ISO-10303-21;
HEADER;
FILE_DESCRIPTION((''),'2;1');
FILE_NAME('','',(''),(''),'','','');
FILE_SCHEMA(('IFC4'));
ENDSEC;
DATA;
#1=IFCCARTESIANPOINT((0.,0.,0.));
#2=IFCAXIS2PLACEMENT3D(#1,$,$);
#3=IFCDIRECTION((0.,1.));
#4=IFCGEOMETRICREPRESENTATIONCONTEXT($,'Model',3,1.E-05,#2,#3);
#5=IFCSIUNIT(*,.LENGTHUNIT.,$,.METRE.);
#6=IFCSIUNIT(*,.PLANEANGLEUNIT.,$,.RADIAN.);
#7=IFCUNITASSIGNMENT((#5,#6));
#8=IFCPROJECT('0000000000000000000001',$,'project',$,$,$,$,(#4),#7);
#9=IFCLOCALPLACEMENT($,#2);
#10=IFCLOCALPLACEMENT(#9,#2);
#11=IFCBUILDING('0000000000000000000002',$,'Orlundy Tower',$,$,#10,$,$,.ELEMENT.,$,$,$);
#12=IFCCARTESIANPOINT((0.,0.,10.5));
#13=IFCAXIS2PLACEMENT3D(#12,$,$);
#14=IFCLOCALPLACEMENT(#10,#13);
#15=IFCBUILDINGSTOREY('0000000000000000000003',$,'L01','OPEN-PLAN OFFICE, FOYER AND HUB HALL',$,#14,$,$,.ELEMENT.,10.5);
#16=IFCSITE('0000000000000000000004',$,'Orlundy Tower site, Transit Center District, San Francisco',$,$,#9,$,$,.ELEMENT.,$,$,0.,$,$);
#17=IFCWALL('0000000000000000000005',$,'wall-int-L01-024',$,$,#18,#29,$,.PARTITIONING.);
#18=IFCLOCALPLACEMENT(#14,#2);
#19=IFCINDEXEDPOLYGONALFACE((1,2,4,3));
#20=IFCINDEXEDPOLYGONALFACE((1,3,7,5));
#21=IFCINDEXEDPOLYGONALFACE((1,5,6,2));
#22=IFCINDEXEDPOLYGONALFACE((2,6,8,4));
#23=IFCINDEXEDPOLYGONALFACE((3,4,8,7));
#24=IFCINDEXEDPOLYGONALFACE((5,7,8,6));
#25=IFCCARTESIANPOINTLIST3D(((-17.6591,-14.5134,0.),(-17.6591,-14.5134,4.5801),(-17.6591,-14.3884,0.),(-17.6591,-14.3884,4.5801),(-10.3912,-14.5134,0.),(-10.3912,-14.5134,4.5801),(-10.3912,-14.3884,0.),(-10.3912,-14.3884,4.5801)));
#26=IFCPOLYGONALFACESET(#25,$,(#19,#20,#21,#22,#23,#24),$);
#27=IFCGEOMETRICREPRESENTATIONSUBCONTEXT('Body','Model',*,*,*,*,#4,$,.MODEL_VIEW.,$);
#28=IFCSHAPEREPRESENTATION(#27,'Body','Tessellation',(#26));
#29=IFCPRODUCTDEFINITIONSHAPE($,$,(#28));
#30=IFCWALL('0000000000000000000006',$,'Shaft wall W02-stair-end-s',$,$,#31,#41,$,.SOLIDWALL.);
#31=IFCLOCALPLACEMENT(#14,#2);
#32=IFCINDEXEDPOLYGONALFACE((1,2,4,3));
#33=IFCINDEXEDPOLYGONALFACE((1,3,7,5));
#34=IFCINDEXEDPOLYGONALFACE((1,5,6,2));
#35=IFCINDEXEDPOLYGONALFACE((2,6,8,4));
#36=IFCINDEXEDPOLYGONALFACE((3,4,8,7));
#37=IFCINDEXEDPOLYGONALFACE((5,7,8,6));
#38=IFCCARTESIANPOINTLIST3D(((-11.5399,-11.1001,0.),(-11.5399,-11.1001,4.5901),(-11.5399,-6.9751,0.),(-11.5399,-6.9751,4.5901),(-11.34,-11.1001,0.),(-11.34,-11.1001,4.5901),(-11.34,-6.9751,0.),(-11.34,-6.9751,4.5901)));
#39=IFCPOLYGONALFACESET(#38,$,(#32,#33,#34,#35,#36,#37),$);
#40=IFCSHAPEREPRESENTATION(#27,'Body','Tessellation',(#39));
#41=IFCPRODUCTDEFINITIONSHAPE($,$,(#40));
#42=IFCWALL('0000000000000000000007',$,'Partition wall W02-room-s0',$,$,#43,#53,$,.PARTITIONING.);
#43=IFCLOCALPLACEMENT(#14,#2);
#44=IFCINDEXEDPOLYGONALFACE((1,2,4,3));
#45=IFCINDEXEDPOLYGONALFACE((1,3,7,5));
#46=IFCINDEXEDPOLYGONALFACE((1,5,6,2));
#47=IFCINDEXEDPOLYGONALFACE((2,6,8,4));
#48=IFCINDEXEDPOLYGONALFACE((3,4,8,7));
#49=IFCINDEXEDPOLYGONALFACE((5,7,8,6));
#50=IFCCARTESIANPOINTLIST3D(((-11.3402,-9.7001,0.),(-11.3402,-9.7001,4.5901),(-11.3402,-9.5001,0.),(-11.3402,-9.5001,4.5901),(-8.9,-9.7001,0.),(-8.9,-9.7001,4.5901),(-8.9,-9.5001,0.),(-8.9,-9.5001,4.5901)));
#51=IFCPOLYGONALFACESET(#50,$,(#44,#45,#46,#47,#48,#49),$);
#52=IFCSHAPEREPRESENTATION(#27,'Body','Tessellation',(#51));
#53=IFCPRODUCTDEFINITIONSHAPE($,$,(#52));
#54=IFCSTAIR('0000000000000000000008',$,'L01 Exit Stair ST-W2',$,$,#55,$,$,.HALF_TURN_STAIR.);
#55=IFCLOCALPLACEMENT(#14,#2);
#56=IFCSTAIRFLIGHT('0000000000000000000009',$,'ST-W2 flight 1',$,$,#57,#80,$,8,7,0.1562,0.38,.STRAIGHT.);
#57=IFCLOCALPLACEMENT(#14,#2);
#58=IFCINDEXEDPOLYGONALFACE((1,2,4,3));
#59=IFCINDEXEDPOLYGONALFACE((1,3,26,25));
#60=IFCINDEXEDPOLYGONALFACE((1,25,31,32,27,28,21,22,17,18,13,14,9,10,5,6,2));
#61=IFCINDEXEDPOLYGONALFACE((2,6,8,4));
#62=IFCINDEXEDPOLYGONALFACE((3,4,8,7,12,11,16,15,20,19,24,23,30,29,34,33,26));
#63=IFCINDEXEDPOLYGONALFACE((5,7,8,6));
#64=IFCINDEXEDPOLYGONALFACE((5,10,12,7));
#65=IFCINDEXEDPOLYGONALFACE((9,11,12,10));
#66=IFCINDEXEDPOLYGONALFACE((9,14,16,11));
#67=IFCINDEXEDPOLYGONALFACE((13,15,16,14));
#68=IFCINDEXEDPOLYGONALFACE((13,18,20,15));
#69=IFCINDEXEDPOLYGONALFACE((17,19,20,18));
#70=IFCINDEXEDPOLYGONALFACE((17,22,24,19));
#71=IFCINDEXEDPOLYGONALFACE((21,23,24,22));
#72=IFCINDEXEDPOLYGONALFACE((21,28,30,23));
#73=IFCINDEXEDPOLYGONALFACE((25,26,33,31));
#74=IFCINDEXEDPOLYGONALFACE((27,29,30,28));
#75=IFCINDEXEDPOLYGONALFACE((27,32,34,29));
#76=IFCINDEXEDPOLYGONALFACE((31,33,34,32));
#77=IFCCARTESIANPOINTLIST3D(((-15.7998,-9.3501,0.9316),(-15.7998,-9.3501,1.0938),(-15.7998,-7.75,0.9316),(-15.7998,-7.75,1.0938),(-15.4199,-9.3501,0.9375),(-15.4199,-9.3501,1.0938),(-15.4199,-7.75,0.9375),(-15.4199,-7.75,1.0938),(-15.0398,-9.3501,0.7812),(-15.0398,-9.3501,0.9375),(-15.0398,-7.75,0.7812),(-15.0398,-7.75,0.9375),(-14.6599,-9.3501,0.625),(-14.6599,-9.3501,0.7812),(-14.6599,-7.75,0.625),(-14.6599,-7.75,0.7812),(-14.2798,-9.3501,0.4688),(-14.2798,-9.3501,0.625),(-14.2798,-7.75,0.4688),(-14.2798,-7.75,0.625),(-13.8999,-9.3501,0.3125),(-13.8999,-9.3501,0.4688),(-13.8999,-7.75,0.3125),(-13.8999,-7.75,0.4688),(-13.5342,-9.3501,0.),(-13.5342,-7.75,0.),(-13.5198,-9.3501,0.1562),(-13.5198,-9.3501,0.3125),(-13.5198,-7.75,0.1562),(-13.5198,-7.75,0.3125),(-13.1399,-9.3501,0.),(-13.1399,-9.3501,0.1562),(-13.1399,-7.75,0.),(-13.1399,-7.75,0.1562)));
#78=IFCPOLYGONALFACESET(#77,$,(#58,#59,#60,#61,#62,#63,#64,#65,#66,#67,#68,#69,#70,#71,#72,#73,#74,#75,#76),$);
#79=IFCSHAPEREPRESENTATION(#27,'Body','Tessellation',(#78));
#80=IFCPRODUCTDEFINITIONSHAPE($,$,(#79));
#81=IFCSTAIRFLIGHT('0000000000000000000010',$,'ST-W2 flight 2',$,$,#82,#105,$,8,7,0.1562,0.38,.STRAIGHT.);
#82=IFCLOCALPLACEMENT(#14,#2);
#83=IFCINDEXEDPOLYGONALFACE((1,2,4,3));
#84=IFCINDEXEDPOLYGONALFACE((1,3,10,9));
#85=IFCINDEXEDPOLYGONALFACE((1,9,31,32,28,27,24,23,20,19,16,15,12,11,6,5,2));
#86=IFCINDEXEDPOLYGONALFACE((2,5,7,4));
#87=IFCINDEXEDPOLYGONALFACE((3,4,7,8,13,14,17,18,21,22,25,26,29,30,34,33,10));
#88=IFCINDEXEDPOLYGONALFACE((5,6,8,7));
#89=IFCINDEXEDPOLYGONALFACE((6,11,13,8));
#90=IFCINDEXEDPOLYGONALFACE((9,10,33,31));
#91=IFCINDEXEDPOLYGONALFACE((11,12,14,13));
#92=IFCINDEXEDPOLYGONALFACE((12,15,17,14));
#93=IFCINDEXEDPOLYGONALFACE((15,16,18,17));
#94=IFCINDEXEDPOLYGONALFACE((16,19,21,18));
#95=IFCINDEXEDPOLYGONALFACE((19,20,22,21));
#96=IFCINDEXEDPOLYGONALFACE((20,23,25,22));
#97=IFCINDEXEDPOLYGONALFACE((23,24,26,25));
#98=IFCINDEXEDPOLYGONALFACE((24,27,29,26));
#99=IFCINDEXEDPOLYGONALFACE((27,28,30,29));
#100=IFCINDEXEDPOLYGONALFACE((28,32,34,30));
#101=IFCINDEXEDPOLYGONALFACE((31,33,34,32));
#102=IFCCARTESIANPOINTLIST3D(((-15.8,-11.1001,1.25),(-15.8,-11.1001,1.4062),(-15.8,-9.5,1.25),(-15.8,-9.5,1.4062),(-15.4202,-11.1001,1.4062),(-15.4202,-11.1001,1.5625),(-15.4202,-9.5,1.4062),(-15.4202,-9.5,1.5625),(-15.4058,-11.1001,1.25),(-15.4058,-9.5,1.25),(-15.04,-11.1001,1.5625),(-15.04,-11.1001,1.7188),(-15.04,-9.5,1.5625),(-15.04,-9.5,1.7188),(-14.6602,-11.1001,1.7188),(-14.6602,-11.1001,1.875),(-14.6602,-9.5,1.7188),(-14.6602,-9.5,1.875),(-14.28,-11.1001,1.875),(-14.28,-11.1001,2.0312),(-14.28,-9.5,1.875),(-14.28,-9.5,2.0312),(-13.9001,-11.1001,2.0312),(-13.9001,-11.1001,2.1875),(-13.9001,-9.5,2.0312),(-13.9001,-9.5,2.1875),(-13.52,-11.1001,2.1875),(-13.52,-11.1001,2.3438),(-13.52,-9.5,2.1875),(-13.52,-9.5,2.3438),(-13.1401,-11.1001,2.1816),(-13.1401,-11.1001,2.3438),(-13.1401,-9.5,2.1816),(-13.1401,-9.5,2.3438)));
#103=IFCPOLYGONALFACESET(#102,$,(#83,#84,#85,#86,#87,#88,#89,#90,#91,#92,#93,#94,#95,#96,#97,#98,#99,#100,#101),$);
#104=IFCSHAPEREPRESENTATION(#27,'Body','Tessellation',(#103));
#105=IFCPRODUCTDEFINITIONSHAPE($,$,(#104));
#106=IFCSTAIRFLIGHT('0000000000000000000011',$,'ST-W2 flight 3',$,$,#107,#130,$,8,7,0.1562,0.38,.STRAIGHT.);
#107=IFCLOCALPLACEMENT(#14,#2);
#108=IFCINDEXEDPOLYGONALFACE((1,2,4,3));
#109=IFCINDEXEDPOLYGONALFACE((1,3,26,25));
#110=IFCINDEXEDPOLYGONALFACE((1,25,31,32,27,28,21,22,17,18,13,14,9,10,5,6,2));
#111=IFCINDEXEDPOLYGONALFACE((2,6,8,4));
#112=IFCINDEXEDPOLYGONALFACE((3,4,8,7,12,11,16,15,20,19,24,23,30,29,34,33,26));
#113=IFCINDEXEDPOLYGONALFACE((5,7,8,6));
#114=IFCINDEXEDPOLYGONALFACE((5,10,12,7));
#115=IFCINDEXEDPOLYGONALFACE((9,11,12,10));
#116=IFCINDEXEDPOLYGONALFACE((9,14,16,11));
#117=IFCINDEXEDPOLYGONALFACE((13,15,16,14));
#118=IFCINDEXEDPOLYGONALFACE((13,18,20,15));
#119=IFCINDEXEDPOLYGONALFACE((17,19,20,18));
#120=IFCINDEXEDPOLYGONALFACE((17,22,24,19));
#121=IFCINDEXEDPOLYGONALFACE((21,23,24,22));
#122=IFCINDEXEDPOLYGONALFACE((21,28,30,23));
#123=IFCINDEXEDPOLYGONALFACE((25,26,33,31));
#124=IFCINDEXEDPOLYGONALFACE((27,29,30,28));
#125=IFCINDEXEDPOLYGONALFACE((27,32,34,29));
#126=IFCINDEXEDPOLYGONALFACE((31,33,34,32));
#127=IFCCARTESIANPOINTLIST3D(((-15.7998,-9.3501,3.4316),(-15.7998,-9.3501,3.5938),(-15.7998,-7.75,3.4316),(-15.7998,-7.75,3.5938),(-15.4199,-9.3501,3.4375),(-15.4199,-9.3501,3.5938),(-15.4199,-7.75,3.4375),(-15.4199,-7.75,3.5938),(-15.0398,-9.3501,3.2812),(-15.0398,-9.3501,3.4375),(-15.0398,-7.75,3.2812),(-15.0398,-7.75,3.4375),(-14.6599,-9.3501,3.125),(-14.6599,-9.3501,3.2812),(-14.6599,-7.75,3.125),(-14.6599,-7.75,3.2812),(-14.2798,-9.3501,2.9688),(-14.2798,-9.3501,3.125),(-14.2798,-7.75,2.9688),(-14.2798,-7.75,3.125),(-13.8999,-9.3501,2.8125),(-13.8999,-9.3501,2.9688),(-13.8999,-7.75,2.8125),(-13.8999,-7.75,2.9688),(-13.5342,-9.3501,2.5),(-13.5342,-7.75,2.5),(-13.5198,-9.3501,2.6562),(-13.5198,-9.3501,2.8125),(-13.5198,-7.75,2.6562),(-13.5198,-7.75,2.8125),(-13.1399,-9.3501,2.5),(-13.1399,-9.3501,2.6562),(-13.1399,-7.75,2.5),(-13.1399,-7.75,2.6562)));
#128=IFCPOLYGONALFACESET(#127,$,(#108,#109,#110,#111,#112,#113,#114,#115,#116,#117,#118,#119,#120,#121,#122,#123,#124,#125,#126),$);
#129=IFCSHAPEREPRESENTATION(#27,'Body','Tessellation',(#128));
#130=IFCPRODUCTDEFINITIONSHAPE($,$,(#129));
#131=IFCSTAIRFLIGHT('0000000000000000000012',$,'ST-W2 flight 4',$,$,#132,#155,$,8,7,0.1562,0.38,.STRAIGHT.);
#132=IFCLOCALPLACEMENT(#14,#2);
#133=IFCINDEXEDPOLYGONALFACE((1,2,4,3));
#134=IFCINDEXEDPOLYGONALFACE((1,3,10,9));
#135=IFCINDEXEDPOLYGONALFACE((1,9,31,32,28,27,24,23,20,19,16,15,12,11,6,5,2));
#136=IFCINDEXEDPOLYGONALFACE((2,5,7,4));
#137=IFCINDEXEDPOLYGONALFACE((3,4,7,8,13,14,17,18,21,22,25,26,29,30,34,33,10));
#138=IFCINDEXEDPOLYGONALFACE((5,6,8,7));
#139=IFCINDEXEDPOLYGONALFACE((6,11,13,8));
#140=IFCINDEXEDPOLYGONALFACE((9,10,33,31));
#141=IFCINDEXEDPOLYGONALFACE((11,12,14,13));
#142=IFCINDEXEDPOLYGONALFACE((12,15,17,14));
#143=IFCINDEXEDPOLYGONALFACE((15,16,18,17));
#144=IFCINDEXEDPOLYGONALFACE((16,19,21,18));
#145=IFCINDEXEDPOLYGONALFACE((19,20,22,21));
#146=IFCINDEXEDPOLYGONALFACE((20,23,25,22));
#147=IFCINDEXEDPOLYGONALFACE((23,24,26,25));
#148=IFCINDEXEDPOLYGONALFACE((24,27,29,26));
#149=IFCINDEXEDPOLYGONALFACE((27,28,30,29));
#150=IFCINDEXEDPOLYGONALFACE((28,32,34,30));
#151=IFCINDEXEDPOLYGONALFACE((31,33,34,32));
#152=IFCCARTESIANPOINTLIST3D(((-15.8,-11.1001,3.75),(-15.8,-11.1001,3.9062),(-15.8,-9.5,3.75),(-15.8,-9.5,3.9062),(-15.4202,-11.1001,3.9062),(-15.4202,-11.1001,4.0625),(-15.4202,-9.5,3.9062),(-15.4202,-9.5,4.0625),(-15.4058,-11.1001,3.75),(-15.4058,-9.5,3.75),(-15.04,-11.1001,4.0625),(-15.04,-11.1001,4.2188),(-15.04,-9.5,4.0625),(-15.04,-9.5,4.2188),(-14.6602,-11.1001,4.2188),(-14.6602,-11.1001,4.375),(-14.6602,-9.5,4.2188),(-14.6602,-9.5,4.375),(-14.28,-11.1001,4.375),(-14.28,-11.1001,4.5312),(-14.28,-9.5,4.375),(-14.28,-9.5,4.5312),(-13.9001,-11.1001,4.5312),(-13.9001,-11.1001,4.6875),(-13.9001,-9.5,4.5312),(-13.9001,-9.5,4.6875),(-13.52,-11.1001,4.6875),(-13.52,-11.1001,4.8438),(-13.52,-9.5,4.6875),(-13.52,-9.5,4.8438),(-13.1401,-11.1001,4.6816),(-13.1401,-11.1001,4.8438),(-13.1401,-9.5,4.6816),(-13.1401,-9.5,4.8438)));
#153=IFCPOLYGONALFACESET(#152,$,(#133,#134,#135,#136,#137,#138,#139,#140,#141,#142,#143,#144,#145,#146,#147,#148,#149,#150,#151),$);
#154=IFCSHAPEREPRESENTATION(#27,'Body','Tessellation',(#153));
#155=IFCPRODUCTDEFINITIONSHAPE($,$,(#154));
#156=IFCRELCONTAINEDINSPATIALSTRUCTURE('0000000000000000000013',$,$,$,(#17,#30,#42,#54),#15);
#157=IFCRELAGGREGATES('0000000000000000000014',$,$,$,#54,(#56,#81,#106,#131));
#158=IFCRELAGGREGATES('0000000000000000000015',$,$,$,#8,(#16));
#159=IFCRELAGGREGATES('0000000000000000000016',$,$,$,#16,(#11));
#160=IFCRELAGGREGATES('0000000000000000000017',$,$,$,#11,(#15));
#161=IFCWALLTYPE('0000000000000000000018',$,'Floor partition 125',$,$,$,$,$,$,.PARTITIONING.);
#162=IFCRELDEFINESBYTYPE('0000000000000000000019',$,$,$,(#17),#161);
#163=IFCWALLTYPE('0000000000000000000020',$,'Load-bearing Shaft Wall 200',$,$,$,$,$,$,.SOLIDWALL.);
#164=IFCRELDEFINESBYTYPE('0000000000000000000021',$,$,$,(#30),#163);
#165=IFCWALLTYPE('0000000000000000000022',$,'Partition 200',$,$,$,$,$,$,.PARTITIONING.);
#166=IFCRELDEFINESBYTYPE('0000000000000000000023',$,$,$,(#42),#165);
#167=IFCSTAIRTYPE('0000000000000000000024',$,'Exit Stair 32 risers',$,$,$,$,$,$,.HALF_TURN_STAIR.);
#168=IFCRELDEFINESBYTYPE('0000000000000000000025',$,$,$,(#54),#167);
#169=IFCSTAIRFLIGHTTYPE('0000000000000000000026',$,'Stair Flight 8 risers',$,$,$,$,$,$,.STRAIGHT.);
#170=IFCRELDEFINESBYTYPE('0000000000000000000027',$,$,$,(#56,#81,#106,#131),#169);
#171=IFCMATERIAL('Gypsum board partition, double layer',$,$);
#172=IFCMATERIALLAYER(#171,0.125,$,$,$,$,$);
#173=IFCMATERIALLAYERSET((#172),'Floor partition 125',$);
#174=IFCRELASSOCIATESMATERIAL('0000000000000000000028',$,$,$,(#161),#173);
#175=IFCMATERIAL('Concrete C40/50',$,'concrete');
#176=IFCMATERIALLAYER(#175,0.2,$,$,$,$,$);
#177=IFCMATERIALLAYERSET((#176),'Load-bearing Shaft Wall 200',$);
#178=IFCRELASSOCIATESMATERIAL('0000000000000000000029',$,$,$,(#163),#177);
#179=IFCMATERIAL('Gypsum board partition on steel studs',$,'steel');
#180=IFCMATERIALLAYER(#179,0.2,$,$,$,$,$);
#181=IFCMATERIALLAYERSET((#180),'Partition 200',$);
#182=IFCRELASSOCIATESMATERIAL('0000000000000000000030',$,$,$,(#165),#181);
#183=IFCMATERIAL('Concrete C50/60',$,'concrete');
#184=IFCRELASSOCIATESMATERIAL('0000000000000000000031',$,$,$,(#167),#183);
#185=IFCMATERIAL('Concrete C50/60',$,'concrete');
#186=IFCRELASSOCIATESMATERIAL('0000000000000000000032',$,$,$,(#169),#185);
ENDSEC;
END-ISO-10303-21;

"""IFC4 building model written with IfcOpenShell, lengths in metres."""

from ifc_helpers import new_model, si_unit, direction, frame, frame_2d, origin, place, context, subcontext, project, spatial, polyline, rectangle, outline, extrude, material, layer, layer_set, type_object, element, aggregate, save


model = new_model("IFC4")

# Units and contexts
model_context = context("Model", 3, precision=1e-05, world=origin(), true_north=direction((0.0, 1.0)))
body_context = subcontext(model_context, "Body", "Model", "MODEL_VIEW")
ifc_project = project(units=[si_unit("LENGTHUNIT", "METRE"), si_unit("PLANEANGLEUNIT", "RADIAN")], contexts=[model_context])

# Site, building, storey
site_placement = place(None, origin())
site = spatial("IfcSite", under=ifc_project, at=site_placement, Name="Orlundy Tower site, Transit Center District, San Francisco", CompositionType="ELEMENT", RefElevation=0.0)
building_placement = place(site_placement, origin())
building = spatial("IfcBuilding", under=site, at=building_placement, Name="Orlundy Tower", CompositionType="ELEMENT")
storey_placement = place(building_placement, frame((0.0, 0.0, 10.5)))
storey = spatial("IfcBuildingStorey", under=building, at=storey_placement, Name="L01", Description="OPEN-PLAN OFFICE, FOYER AND HUB HALL", CompositionType="ELEMENT", Elevation=10.5)

# Shared definitions
ifc_material_1 = material(Name="Gypsum board partition, double layer")
ifc_layer_1 = layer(ifc_material_1, 0.125)
ifc_layer_set_1 = layer_set([ifc_layer_1], Name="Floor partition 125")
wall_type_1 = type_object("IfcWallType", Name="Floor partition 125", PredefinedType="PARTITIONING", material=ifc_layer_set_1)

# Walls
wall_1_placement = place(storey_placement, frame((-17.6589, -14.4509, 0.0), z_axis=(0.0, 0.0, 1.0), x_axis=(1.0, 0.0, 0.0)))
element("IfcWall", 1, at=wall_1_placement, inside=storey, type_object=wall_type_1, Name="wall-int-L01-024", PredefinedType="PARTITIONING", context=body_context, shape_type="SweptSolid", body=[
    extrude(rectangle(XDim=7.2678, YDim=0.125, at=frame_2d((3.6338, 0.0))), origin(), (0.0, 0.0, 1.0), 4.5801),
])
ifc_material_2 = material(Name="Concrete C40/50", Category="concrete")
ifc_layer_2 = layer(ifc_material_2, 0.2)
ifc_layer_set_2 = layer_set([ifc_layer_2], Name="Load-bearing Shaft Wall 200")
wall_type_2 = type_object("IfcWallType", Name="Load-bearing Shaft Wall 200", PredefinedType="SOLIDWALL", material=ifc_layer_set_2)
wall_2_placement = place(storey_placement, frame((-11.4399, -11.1001, 0.0), z_axis=(0.0, 0.0, 1.0), x_axis=(0.0, 1.0, 0.0)))
element("IfcWall", 2, at=wall_2_placement, inside=storey, type_object=wall_type_2, Name="Shaft wall W02-stair-end-s", PredefinedType="SOLIDWALL", context=body_context, shape_type="SweptSolid", body=[
    extrude(rectangle(XDim=4.125, YDim=0.2, at=frame_2d((2.0625, 0.0))), origin(), (0.0, 0.0, 1.0), 4.5901),
])
ifc_material_3 = material(Name="Gypsum board partition on steel studs", Category="steel")
ifc_layer_3 = layer(ifc_material_3, 0.2)
ifc_layer_set_3 = layer_set([ifc_layer_3], Name="Partition 200")
wall_type_3 = type_object("IfcWallType", Name="Partition 200", PredefinedType="PARTITIONING", material=ifc_layer_set_3)
wall_3_placement = place(storey_placement, frame((-8.8999, -9.6001, 0.0), z_axis=(0.0, 0.0, 1.0), x_axis=(-1.0, 0.0, 0.0)))
element("IfcWall", 3, at=wall_3_placement, inside=storey, type_object=wall_type_3, Name="Partition wall W02-room-s0", PredefinedType="PARTITIONING", context=body_context, shape_type="SweptSolid", body=[
    extrude(rectangle(XDim=2.4402, YDim=0.2, at=frame_2d((1.2202, 0.0))), origin(), (0.0, 0.0, 1.0), 4.5901),
])

# Stair, stair flights
ifc_material_4 = material(Name="Concrete C50/60", Category="concrete")
stair_type = type_object("IfcStairType", Name="Exit Stair 32 risers", PredefinedType="HALF_TURN_STAIR", material=ifc_material_4)
stair_placement = place(storey_placement, origin())
stair = element("IfcStair", 4, at=stair_placement, inside=storey, type_object=stair_type, Name="L01 Exit Stair ST-W2", PredefinedType="HALF_TURN_STAIR")
ifc_material_5 = material(Name="Concrete C50/60", Category="concrete")
stair_flight_type = type_object("IfcStairFlightType", Name="Stair Flight 8 risers", PredefinedType="STRAIGHT", material=ifc_material_5)
stair_flight_1_placement = place(storey_placement, frame((-13.1399, -8.55, 0.0), z_axis=(0.0, 0.0, 1.0), x_axis=(-1.0, 0.0, 0.0)))
stair_flight_1 = element("IfcStairFlight", 5, at=stair_flight_1_placement, type_object=stair_flight_type, Name="ST-W2 flight 1", NumberOfRisers=8, NumberOfTreads=7, PredefinedType="STRAIGHT", RiserHeight=0.1562, TreadLength=0.38, context=body_context, shape_type="SweptSolid", body=[
    extrude(outline(polyline([(0.0, 0.0), (0.0, 0.1562), (0.3799, 0.1562), (0.3799, 0.3125), (0.76, 0.3125), (0.76, 0.4688), (1.1399, 0.4688), (1.1399, 0.625), (1.52, 0.625), (1.52, 0.7812), (1.8999, 0.7812), (1.8999, 0.9375), (2.28, 0.9375), (2.28, 1.0938), (2.6599, 1.0938), (2.6599, 1.25), (2.6599, 0.9316), (0.3943, 0.0), (0.0, 0.0)])), frame((0.0, 0.8, 0.0), z_axis=(0.0, -1.0, 0.0), x_axis=(1.0, 0.0, 0.0)), (0.0, 0.0, 1.0), 1.6001),
])
stair_flight_2_placement = place(storey_placement, frame((-15.8, -10.3, 1.25), z_axis=(0.0, 0.0, 1.0), x_axis=(1.0, 0.0, 0.0)))
stair_flight_2 = element("IfcStairFlight", 6, at=stair_flight_2_placement, type_object=stair_flight_type, Name="ST-W2 flight 2", NumberOfRisers=8, NumberOfTreads=7, PredefinedType="STRAIGHT", RiserHeight=0.1562, TreadLength=0.38, context=body_context, shape_type="SweptSolid", body=[
    extrude(outline(polyline([(0.0, 0.0), (0.0, 0.1562), (0.3799, 0.1562), (0.3799, 0.3125), (0.76, 0.3125), (0.76, 0.4688), (1.1399, 0.4688), (1.1399, 0.625), (1.52, 0.625), (1.52, 0.7812), (1.8999, 0.7812), (1.8999, 0.9375), (2.28, 0.9375), (2.28, 1.0938), (2.6599, 1.0938), (2.6599, 1.25), (2.6599, 0.9316), (0.3943, 0.0), (0.0, 0.0)])), frame((0.0, 0.8, 0.0), z_axis=(0.0, -1.0, 0.0), x_axis=(1.0, 0.0, 0.0)), (0.0, 0.0, 1.0), 1.6001),
])
stair_flight_3_placement = place(storey_placement, frame((-13.1399, -8.55, 2.5), z_axis=(0.0, 0.0, 1.0), x_axis=(-1.0, 0.0, 0.0)))
stair_flight_3 = element("IfcStairFlight", 7, at=stair_flight_3_placement, type_object=stair_flight_type, Name="ST-W2 flight 3", NumberOfRisers=8, NumberOfTreads=7, PredefinedType="STRAIGHT", RiserHeight=0.1562, TreadLength=0.38, context=body_context, shape_type="SweptSolid", body=[
    extrude(outline(polyline([(0.0, 0.0), (0.0, 0.1562), (0.3799, 0.1562), (0.3799, 0.3125), (0.76, 0.3125), (0.76, 0.4688), (1.1399, 0.4688), (1.1399, 0.625), (1.52, 0.625), (1.52, 0.7812), (1.8999, 0.7812), (1.8999, 0.9375), (2.28, 0.9375), (2.28, 1.0938), (2.6599, 1.0938), (2.6599, 1.25), (2.6599, 0.9316), (0.3943, 0.0), (0.0, 0.0)])), frame((0.0, 0.8, 0.0), z_axis=(0.0, -1.0, 0.0), x_axis=(1.0, 0.0, 0.0)), (0.0, 0.0, 1.0), 1.6001),
])
stair_flight_4_placement = place(storey_placement, frame((-15.8, -10.3, 3.75), z_axis=(0.0, 0.0, 1.0), x_axis=(1.0, 0.0, 0.0)))
stair_flight_4 = element("IfcStairFlight", 8, at=stair_flight_4_placement, type_object=stair_flight_type, Name="ST-W2 flight 4", NumberOfRisers=8, NumberOfTreads=7, PredefinedType="STRAIGHT", RiserHeight=0.1562, TreadLength=0.38, context=body_context, shape_type="SweptSolid", body=[
    extrude(outline(polyline([(0.0, 0.0), (0.0, 0.1562), (0.3799, 0.1562), (0.3799, 0.3125), (0.76, 0.3125), (0.76, 0.4688), (1.1399, 0.4688), (1.1399, 0.625), (1.52, 0.625), (1.52, 0.7812), (1.8999, 0.7812), (1.8999, 0.9375), (2.28, 0.9375), (2.28, 1.0938), (2.6599, 1.0938), (2.6599, 1.25), (2.6599, 0.9316), (0.3943, 0.0), (0.0, 0.0)])), frame((0.0, 0.8, 0.0), z_axis=(0.0, -1.0, 0.0), x_axis=(1.0, 0.0, 0.0)), (0.0, 0.0, 1.0), 1.6001),
])
aggregate(stair, [stair_flight_1, stair_flight_2, stair_flight_3, stair_flight_4])

save(model, "model.ifc")
